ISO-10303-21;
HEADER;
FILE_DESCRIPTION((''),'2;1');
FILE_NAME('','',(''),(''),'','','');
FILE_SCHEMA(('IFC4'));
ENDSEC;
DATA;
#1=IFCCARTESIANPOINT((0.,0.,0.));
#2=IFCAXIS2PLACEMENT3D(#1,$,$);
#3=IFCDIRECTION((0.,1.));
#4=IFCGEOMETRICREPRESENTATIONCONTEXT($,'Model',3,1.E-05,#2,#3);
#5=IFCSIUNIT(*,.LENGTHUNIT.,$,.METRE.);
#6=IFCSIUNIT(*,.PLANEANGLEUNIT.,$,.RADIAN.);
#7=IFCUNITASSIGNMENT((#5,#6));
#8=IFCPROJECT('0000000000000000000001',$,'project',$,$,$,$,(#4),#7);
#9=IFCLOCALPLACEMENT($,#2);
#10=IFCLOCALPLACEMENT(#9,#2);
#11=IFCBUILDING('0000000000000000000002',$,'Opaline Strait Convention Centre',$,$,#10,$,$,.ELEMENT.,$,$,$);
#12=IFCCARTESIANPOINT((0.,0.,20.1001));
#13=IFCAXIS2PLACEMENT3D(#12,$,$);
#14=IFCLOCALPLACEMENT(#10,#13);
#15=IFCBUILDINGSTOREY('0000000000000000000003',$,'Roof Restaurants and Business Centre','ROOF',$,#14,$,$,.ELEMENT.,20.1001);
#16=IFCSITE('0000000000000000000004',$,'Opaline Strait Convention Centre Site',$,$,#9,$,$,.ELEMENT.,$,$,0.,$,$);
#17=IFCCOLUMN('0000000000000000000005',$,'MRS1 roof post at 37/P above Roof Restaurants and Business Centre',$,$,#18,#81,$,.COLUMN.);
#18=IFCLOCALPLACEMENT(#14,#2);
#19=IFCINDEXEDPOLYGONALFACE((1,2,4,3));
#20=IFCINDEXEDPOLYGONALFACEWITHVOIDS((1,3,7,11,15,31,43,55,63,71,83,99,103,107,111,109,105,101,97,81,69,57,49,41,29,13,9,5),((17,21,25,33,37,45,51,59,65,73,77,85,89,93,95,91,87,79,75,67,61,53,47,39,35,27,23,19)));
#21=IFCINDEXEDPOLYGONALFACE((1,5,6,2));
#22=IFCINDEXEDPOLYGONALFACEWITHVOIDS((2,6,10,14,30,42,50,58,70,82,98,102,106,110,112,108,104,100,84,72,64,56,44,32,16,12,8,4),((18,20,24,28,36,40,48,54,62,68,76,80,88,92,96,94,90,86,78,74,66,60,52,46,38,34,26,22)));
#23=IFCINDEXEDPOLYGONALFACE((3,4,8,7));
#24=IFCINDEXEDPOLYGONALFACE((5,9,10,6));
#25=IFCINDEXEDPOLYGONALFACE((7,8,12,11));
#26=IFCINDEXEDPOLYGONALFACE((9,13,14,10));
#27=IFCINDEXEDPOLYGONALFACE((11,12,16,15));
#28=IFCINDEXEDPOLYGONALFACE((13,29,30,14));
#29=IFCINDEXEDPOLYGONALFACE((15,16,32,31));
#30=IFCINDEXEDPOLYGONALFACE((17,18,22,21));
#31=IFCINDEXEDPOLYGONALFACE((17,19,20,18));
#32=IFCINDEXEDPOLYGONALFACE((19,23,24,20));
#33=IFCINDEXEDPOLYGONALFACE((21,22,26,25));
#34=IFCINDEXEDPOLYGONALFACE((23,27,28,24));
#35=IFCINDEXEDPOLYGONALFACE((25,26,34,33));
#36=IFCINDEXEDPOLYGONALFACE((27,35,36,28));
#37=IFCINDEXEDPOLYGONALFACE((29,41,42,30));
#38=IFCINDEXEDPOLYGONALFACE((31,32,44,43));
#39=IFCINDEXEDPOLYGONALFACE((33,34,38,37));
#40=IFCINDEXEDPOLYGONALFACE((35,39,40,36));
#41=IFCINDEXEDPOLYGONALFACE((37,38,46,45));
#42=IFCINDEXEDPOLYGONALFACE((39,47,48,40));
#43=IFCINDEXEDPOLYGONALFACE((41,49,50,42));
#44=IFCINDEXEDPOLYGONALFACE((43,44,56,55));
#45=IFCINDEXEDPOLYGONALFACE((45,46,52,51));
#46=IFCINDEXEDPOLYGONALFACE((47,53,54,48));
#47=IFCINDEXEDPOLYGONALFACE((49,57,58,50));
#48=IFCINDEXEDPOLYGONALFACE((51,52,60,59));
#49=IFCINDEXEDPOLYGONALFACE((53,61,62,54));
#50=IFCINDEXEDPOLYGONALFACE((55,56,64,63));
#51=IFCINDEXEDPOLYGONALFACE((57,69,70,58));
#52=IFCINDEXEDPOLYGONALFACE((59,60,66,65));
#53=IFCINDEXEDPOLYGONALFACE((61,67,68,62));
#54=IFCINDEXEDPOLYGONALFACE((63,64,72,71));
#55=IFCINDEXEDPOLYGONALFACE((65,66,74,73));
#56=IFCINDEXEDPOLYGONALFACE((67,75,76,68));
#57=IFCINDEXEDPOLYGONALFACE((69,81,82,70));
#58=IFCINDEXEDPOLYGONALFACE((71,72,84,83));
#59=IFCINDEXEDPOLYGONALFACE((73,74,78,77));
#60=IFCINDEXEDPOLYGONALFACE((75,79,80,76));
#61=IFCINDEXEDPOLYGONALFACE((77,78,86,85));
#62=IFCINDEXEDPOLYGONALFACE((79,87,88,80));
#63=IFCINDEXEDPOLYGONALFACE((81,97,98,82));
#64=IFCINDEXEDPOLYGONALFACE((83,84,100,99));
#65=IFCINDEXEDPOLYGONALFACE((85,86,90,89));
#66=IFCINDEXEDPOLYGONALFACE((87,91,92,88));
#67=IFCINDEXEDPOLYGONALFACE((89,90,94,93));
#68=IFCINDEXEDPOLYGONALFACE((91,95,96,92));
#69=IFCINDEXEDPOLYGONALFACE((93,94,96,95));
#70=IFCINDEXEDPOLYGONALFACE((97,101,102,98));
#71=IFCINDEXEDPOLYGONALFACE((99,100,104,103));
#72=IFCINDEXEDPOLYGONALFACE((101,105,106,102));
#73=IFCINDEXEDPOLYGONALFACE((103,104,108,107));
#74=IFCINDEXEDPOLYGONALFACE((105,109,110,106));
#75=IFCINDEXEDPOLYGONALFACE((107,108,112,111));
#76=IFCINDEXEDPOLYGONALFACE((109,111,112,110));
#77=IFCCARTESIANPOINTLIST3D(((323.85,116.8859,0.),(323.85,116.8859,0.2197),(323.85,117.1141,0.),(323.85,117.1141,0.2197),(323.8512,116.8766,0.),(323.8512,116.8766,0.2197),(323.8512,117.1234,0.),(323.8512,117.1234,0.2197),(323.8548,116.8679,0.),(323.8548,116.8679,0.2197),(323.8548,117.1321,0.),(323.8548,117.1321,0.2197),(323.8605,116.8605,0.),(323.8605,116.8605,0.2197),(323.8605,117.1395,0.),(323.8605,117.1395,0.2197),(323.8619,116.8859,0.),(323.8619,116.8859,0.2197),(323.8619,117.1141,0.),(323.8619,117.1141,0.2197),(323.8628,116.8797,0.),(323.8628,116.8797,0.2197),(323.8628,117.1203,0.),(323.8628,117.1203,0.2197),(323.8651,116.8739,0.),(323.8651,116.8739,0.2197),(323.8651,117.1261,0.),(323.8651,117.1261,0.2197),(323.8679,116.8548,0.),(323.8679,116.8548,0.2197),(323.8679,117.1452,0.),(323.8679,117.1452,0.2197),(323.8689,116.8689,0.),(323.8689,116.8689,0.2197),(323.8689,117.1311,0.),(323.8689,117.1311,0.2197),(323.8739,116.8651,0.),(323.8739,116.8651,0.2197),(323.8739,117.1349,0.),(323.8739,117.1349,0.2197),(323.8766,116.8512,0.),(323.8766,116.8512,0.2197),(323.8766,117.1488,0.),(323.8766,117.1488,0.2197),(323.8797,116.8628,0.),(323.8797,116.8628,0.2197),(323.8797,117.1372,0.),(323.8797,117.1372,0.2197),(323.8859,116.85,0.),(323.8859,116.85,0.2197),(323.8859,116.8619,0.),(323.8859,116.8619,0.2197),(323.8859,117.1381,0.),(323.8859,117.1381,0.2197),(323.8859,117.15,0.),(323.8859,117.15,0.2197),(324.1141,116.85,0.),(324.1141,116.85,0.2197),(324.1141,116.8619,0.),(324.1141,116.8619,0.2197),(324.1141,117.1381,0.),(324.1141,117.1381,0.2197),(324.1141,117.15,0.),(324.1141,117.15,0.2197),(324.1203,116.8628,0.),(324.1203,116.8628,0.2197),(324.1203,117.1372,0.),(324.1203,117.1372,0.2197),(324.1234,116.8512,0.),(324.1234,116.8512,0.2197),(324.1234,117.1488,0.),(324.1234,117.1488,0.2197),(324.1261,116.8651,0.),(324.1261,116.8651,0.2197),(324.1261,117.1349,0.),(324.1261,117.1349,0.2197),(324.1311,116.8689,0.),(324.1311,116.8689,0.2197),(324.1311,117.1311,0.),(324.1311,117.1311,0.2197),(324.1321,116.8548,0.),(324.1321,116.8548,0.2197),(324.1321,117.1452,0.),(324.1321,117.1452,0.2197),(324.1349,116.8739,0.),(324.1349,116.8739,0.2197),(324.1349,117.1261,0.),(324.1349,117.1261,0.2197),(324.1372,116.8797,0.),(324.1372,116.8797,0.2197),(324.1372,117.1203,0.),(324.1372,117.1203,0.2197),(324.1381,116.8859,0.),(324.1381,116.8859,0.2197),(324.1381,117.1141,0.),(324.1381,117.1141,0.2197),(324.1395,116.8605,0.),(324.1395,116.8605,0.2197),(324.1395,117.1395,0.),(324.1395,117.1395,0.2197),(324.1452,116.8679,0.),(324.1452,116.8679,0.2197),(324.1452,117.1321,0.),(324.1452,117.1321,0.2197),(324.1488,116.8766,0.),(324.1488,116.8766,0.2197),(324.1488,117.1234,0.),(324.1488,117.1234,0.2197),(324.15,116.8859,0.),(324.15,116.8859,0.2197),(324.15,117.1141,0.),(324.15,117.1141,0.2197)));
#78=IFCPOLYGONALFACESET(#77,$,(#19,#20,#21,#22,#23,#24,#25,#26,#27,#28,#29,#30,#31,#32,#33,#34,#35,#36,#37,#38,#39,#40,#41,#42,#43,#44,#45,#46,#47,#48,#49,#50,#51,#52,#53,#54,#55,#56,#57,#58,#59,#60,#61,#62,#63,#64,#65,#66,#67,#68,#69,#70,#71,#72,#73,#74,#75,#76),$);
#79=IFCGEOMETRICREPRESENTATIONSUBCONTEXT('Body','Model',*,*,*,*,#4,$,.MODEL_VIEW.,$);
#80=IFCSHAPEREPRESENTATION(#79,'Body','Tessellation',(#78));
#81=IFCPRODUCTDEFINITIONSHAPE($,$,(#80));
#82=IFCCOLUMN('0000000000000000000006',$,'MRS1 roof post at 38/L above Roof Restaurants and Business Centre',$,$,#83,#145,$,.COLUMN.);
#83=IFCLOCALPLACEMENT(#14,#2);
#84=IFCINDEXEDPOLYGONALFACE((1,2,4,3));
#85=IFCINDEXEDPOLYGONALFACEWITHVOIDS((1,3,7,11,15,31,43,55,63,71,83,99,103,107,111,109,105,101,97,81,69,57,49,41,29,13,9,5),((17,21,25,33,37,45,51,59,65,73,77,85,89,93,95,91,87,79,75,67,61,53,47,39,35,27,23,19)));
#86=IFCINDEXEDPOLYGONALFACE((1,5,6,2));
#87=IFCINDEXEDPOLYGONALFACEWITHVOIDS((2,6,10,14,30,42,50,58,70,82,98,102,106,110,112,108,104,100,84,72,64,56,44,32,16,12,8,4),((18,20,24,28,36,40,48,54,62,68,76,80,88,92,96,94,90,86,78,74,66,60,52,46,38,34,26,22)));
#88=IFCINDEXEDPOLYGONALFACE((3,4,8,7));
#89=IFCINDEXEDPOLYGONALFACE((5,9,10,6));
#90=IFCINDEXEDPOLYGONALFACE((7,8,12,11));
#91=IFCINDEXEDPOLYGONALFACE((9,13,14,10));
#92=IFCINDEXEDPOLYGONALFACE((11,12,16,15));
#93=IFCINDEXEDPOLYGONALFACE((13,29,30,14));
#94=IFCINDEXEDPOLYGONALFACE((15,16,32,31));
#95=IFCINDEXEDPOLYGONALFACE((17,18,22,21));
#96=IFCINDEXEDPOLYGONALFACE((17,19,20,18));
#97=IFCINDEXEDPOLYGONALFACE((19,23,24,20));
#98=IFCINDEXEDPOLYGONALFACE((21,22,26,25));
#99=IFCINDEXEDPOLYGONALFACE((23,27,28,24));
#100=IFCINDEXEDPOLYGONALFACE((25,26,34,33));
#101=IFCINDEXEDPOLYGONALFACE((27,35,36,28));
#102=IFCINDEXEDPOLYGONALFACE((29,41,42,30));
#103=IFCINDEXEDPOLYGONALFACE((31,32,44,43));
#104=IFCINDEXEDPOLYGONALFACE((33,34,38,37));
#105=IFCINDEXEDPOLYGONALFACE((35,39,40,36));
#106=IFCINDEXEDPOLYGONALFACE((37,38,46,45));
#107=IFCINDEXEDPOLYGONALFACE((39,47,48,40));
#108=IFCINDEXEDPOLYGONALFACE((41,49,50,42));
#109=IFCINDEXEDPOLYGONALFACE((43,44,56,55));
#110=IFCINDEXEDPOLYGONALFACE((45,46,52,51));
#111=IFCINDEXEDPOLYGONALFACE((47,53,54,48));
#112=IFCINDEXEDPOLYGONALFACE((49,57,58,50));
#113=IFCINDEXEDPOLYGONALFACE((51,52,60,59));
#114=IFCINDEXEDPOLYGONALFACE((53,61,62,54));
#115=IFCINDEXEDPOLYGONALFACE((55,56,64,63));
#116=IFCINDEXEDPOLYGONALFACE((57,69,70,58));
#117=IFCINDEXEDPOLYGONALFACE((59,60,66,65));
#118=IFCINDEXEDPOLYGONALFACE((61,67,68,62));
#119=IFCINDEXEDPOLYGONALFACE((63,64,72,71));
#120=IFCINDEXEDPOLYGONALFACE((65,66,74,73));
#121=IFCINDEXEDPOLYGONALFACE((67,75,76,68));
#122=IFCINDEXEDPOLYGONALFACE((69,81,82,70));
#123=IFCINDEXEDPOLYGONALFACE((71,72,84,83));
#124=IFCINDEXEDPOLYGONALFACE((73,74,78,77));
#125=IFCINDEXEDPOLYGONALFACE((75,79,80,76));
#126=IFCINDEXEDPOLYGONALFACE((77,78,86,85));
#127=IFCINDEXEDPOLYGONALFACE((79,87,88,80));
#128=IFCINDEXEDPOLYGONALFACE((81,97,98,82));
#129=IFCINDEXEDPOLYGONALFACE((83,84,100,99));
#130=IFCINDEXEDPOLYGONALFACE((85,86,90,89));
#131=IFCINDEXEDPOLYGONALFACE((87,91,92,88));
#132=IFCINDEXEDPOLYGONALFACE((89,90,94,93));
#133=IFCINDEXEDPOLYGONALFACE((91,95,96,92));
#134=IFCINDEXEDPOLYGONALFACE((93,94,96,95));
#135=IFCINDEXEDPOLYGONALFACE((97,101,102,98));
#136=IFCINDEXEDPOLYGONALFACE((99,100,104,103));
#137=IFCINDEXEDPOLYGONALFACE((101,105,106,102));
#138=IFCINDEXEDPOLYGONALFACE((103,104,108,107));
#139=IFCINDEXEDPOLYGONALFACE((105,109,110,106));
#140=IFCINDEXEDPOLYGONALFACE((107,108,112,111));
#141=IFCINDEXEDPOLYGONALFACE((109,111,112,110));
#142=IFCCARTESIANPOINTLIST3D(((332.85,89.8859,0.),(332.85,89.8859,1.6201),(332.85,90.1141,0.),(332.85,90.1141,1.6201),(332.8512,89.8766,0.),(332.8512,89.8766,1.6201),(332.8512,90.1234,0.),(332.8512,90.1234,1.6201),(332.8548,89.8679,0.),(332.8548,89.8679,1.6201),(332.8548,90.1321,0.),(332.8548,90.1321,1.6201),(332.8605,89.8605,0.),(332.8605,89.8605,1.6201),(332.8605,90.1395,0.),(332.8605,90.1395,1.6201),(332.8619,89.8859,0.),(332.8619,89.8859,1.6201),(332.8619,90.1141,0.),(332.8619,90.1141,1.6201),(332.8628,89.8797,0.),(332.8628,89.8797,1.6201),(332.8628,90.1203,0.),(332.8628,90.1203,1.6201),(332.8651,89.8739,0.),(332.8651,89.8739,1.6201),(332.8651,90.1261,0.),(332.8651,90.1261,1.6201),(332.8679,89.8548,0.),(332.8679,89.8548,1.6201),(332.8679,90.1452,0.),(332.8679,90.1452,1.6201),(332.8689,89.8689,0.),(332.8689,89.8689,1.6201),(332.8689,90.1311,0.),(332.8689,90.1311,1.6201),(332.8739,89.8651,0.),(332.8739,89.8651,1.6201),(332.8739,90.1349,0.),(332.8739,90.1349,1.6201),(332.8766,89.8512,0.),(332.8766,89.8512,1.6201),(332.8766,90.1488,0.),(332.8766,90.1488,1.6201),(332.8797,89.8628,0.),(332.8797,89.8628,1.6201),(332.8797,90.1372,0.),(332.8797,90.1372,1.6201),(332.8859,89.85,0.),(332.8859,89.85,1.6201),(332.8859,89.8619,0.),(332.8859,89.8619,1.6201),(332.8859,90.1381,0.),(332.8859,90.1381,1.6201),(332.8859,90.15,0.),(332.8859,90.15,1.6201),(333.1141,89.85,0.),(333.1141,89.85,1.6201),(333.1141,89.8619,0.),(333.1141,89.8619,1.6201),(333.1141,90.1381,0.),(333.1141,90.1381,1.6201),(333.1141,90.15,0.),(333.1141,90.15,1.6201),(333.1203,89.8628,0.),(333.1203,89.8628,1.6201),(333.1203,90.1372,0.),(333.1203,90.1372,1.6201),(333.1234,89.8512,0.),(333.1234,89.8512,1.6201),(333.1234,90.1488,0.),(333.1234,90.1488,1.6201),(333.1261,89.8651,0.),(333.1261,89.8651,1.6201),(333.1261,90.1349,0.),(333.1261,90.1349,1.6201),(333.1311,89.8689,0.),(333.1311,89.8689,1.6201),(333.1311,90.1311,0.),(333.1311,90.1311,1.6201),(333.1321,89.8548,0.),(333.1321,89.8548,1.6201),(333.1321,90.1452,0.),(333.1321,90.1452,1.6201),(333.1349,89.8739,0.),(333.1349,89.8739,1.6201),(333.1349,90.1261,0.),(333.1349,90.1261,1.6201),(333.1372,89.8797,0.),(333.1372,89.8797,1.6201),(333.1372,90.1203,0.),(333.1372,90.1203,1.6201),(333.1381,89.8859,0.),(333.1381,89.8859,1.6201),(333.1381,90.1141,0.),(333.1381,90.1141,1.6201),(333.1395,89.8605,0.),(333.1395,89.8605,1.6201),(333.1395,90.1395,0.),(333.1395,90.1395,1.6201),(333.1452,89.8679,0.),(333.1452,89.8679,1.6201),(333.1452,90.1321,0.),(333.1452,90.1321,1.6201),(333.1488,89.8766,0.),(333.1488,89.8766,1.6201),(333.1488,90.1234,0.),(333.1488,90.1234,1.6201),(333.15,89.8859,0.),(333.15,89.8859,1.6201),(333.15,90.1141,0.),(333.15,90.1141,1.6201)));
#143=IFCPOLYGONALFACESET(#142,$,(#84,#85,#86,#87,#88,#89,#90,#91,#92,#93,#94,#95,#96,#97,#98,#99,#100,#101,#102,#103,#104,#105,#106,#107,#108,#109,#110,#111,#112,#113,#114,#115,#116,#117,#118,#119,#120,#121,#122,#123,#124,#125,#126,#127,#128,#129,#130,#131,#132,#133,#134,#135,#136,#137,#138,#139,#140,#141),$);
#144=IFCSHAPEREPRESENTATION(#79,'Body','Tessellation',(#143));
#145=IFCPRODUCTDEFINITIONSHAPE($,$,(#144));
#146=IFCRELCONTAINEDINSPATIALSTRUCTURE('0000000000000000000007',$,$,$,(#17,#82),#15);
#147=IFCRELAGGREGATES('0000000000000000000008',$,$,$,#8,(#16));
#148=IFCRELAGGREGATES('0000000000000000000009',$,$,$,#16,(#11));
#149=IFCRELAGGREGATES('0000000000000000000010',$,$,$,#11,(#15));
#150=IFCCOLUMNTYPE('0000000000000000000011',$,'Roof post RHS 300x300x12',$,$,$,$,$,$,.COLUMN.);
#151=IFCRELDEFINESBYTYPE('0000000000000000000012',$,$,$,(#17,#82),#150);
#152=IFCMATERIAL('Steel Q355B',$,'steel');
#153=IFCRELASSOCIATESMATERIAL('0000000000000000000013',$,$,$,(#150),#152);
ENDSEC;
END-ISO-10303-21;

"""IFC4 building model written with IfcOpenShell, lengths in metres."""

from ifc_helpers import new_model, si_unit, direction, frame, origin, origin_2d, place, context, subcontext, project, spatial, hollow_rectangle, extrude, material, material_profile, profile_set, type_object, element, save


model = new_model("IFC4")

# Units and contexts
model_context = context("Model", 3, precision=1e-05, world=origin(), true_north=direction((0.0, 1.0)))
body_context = subcontext(model_context, "Body", "Model", "MODEL_VIEW")
ifc_project = project(units=[si_unit("LENGTHUNIT", "METRE"), si_unit("PLANEANGLEUNIT", "RADIAN")], contexts=[model_context])

# Site, building, storey
site_placement = place(None, origin())
site = spatial("IfcSite", under=ifc_project, at=site_placement, Name="Opaline Strait Convention Centre Site", CompositionType="ELEMENT", RefElevation=0.0)
building_placement = place(site_placement, origin())
building = spatial("IfcBuilding", under=site, at=building_placement, Name="Opaline Strait Convention Centre", CompositionType="ELEMENT")
storey_placement = place(building_placement, frame((0.0, 0.0, 20.1001)))
storey = spatial("IfcBuildingStorey", under=building, at=storey_placement, Name="Roof Restaurants and Business Centre", Description="ROOF", CompositionType="ELEMENT", Elevation=20.1001)

# Columns
ifc_material = material(Name="Steel Q355B", Category="steel")
ifc_material_profile = material_profile(ifc_material, hollow_rectangle(XDim=0.3, YDim=0.3, WallThickness=0.012, InnerFilletRadius=0.0239, OuterFilletRadius=0.0359, at=origin_2d()), Name="RHS 300x300x12")
ifc_profile_set = profile_set([ifc_material_profile], Name="Steel Q355B")
column_type = type_object("IfcColumnType", Name="Roof post RHS 300x300x12", PredefinedType="COLUMN", material=ifc_profile_set)
for number, where, z_axis, x_axis, name in (
    (1, (324.0, 117.0, 0.0), (0.0, 0.0, 1.0), (1.0, 0.0, 0.0), "MRS1 roof post at 37/P above Roof Restaurants and Business Centre"),
):
    element("IfcColumn", number, at=place(storey_placement, frame(where, z_axis=z_axis, x_axis=x_axis)), inside=storey, type_object=column_type, Name=name, PredefinedType="COLUMN", context=body_context, shape_type="SweptSolid", body=[
        extrude(hollow_rectangle(XDim=0.3, YDim=0.3, WallThickness=0.012, InnerFilletRadius=0.0239, OuterFilletRadius=0.0359, at=origin_2d()), origin(), (0.0, 0.0, 1.0), 0.2197),
    ])
for number, where, z_axis, x_axis, name in (
    (2, (333.0, 90.0, 0.0), (0.0, 0.0, 1.0), (1.0, 0.0, 0.0), "MRS1 roof post at 38/L above Roof Restaurants and Business Centre"),
):
    element("IfcColumn", number, at=place(storey_placement, frame(where, z_axis=z_axis, x_axis=x_axis)), inside=storey, type_object=column_type, Name=name, PredefinedType="COLUMN", context=body_context, shape_type="SweptSolid", body=[
        extrude(hollow_rectangle(XDim=0.3, YDim=0.3, WallThickness=0.012, InnerFilletRadius=0.0239, OuterFilletRadius=0.0359, at=origin_2d()), origin(), (0.0, 0.0, 1.0), 1.6201),
    ])

save(model, "model.ifc")
